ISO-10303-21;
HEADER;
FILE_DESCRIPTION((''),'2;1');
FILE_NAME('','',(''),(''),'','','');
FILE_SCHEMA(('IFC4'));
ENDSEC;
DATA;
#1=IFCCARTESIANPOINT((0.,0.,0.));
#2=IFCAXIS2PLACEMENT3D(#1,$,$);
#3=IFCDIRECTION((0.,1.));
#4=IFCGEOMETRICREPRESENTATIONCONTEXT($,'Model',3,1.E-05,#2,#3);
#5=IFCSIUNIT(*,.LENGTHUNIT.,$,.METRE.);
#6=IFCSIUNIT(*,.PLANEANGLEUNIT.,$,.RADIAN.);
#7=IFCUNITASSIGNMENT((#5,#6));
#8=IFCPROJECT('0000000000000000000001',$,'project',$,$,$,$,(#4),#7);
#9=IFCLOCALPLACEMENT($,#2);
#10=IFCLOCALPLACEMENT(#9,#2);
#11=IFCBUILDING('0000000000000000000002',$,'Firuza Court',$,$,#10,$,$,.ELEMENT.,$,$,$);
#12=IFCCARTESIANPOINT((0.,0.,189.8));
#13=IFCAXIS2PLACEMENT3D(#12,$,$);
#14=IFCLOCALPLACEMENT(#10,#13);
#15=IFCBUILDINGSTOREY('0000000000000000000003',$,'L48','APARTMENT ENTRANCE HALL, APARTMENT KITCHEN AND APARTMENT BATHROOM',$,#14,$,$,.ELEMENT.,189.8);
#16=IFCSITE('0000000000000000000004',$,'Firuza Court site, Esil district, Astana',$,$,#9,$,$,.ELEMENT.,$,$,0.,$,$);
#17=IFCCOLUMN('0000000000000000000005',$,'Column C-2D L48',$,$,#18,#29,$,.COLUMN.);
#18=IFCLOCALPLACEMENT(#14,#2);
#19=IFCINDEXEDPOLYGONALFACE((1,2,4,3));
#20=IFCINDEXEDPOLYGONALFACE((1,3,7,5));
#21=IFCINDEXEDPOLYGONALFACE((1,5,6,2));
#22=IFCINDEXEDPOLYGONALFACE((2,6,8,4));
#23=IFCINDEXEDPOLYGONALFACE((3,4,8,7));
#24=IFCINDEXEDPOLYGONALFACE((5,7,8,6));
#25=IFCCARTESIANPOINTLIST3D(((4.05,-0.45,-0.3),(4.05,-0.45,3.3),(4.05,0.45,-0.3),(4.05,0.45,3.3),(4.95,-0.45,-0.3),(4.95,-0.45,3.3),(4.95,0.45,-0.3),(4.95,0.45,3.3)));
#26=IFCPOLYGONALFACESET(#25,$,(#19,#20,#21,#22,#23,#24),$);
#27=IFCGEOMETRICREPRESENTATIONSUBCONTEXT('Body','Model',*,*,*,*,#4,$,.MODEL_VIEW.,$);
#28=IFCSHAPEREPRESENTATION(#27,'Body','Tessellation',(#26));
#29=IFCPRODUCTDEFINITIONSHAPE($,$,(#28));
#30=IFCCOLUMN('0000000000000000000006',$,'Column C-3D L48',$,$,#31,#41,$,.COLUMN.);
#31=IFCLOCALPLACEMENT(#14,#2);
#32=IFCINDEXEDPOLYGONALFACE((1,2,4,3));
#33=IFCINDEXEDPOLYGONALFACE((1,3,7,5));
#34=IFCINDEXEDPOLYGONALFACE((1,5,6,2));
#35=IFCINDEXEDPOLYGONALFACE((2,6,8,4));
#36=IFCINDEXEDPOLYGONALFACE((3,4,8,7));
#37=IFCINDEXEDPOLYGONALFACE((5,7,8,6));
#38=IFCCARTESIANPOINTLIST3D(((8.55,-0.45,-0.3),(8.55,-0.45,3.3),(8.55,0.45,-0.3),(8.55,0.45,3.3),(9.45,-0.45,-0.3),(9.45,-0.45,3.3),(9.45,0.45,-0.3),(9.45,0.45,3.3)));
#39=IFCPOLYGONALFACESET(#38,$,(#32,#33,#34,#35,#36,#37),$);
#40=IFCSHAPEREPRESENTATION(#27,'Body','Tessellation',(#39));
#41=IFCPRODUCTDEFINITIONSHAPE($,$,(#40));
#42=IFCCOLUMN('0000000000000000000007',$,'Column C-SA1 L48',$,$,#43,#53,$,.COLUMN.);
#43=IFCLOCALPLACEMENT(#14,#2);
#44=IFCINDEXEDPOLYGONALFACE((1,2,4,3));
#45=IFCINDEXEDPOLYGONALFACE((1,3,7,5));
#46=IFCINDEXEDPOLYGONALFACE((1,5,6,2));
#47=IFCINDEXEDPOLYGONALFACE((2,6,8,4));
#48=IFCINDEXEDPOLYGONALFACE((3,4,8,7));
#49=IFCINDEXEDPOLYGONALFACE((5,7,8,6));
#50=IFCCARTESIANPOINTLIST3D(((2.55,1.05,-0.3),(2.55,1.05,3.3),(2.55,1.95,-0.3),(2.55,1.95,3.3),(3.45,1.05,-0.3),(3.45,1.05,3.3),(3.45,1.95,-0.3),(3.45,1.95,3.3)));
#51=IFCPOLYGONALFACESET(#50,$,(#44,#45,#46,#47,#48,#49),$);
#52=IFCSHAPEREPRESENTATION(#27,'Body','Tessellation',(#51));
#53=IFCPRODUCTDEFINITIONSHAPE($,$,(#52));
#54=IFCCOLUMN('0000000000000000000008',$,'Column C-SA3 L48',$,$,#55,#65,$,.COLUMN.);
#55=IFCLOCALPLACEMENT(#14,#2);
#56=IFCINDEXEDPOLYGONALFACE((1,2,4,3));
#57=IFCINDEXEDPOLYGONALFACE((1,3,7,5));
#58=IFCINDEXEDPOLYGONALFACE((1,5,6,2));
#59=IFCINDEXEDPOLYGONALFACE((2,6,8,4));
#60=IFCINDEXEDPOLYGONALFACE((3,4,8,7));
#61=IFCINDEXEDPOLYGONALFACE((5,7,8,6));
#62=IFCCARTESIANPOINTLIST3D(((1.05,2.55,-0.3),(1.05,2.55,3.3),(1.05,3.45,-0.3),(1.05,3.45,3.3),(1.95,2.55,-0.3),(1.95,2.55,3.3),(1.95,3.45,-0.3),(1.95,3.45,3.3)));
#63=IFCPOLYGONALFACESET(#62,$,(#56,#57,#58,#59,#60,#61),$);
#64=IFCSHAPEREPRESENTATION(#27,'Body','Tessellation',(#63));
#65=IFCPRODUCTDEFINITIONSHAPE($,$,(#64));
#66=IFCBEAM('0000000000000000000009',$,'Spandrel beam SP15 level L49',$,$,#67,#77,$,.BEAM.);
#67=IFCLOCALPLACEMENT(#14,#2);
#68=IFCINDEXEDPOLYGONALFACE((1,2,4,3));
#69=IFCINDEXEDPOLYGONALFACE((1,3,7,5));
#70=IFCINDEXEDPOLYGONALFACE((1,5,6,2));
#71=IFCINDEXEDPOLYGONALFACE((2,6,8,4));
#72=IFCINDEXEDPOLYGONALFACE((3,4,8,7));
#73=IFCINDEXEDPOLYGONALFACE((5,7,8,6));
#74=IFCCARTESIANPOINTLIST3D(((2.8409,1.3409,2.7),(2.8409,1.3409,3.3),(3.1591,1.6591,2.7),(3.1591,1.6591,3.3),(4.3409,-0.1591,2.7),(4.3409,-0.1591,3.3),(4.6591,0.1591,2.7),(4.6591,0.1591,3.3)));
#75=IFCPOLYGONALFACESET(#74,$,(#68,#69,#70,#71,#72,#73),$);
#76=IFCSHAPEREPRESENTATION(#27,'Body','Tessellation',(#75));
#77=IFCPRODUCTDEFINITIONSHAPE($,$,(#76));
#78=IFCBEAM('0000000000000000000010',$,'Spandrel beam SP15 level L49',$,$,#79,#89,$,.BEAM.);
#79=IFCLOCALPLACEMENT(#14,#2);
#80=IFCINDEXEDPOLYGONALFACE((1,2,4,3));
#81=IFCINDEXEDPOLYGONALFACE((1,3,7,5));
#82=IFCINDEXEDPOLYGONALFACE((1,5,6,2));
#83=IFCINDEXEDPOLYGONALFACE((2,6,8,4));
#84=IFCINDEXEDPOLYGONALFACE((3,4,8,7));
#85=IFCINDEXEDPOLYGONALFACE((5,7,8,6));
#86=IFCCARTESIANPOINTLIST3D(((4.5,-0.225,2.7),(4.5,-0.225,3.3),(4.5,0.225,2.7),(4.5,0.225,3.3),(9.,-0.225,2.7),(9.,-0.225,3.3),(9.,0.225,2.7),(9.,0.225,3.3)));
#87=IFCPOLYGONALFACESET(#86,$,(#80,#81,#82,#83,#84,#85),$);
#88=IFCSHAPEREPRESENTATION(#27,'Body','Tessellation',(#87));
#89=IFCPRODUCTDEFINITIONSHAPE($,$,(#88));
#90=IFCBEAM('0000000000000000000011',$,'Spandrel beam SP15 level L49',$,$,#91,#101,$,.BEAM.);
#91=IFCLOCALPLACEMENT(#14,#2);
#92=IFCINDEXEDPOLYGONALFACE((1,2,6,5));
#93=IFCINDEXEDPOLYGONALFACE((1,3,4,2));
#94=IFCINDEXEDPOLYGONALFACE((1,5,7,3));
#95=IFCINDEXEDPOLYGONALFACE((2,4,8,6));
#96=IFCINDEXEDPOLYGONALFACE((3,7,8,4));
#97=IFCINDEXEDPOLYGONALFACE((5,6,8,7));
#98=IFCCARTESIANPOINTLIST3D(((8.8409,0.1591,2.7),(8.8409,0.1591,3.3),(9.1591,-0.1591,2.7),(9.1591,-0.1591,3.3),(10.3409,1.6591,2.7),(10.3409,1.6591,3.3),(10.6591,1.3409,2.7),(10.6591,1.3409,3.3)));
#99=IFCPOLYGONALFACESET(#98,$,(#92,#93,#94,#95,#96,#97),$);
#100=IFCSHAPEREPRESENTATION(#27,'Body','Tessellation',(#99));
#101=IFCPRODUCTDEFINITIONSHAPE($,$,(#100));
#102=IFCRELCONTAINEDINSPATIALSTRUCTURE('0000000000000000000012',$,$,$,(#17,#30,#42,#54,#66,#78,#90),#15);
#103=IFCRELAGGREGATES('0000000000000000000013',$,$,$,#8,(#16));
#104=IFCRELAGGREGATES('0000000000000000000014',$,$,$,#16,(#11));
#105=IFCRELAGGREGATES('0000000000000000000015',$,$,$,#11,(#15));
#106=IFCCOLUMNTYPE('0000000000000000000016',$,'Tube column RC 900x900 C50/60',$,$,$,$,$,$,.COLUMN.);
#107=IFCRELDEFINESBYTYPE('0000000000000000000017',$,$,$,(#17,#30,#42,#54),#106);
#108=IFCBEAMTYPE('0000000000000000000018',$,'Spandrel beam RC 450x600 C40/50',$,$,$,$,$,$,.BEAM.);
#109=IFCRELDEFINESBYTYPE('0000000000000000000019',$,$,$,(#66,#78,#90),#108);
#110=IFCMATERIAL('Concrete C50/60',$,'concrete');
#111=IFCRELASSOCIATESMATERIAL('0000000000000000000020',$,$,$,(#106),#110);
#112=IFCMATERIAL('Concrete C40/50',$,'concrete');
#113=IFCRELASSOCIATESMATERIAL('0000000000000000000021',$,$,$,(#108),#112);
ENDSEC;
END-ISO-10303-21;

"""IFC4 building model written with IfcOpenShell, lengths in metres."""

from ifc_helpers import new_model, si_unit, direction, frame, origin, origin_2d, place, context, subcontext, project, spatial, rectangle, extrude, material, material_profile, profile_set, type_object, element, save


model = new_model("IFC4")

# Units and contexts
model_context = context("Model", 3, precision=1e-05, world=origin(), true_north=direction((0.0, 1.0)))
body_context = subcontext(model_context, "Body", "Model", "MODEL_VIEW")
ifc_project = project(units=[si_unit("LENGTHUNIT", "METRE"), si_unit("PLANEANGLEUNIT", "RADIAN")], contexts=[model_context])

# Site, building, storey
site_placement = place(None, origin())
site = spatial("IfcSite", under=ifc_project, at=site_placement, Name="Firuza Court site, Esil district, Astana", CompositionType="ELEMENT", RefElevation=0.0)
building_placement = place(site_placement, origin())
building = spatial("IfcBuilding", under=site, at=building_placement, Name="Firuza Court", CompositionType="ELEMENT")
storey_placement = place(building_placement, frame((0.0, 0.0, 189.8)))
storey = spatial("IfcBuildingStorey", under=building, at=storey_placement, Name="L48", Description="APARTMENT ENTRANCE HALL, APARTMENT KITCHEN AND APARTMENT BATHROOM", CompositionType="ELEMENT", Elevation=189.8)

# Columns
ifc_material_1 = material(Name="Concrete C50/60", Category="concrete")
ifc_material_profile_1 = material_profile(ifc_material_1, rectangle(XDim=0.8999, YDim=0.8999, at=origin_2d()), Name="RC 900x900")
ifc_profile_set_1 = profile_set([ifc_material_profile_1], Name="Concrete C50/60")
column_type = type_object("IfcColumnType", Name="Tube column RC 900x900 C50/60", PredefinedType="COLUMN", material=ifc_profile_set_1)
for number, where, z_axis, x_axis, name in (
    (1, (4.5, 0.0, -0.3), (0.0, 0.0, 1.0), (1.0, 0.0, 0.0), "Column C-2D L48"),
    (2, (9.0, 0.0, -0.3), (0.0, 0.0, 1.0), (1.0, 0.0, 0.0), "Column C-3D L48"),
    (3, (3.0, 1.5, -0.3), (0.0, 0.0, 1.0), (1.0, 0.0, 0.0), "Column C-SA1 L48"),
    (4, (1.5, 3.0, -0.3), (0.0, 0.0, 1.0), (1.0, 0.0, 0.0), "Column C-SA3 L48"),
):
    element("IfcColumn", number, at=place(storey_placement, frame(where, z_axis=z_axis, x_axis=x_axis)), inside=storey, type_object=column_type, Name=name, PredefinedType="COLUMN", context=body_context, shape_type="SweptSolid", body=[
        extrude(rectangle(XDim=0.8999, YDim=0.8999, at=origin_2d()), origin(), (0.0, 0.0, 1.0), 3.6001),
    ])

# Beams
ifc_material_2 = material(Name="Concrete C40/50", Category="concrete")
ifc_material_profile_2 = material_profile(ifc_material_2, rectangle(XDim=0.45, YDim=0.6001, at=origin_2d()), Name="RC 450x600")
ifc_profile_set_2 = profile_set([ifc_material_profile_2], Name="Concrete C40/50")
beam_type = type_object("IfcBeamType", Name="Spandrel beam RC 450x600 C40/50", PredefinedType="BEAM", material=ifc_profile_set_2)
beam_1_placement = place(storey_placement, frame((3.0, 1.5, 3.0), z_axis=(0.707107, -0.707107, 0.0), x_axis=(0.707107, 0.707107, 0.0)))
element("IfcBeam", 5, at=beam_1_placement, inside=storey, type_object=beam_type, Name="Spandrel beam SP15 level L49", PredefinedType="BEAM", context=body_context, shape_type="SweptSolid", body=[
    extrude(rectangle(XDim=0.45, YDim=0.6001, at=origin_2d()), origin(), (0.0, 0.0, 1.0), 2.1213),
])
beam_2_placement = place(storey_placement, frame((4.5, 0.0, 3.0), z_axis=(1.0, 0.0, 0.0), x_axis=(0.0, 1.0, 0.0)))
element("IfcBeam", 6, at=beam_2_placement, inside=storey, type_object=beam_type, Name="Spandrel beam SP15 level L49", PredefinedType="BEAM", context=body_context, shape_type="SweptSolid", body=[
    extrude(rectangle(XDim=0.45, YDim=0.6001, at=origin_2d()), origin(), (0.0, 0.0, 1.0), 4.5),
])
beam_3_placement = place(storey_placement, frame((9.0, 0.0, 3.0), z_axis=(0.707107, 0.707107, 0.0), x_axis=(-0.707107, 0.707107, 0.0)))
element("IfcBeam", 7, at=beam_3_placement, inside=storey, type_object=beam_type, Name="Spandrel beam SP15 level L49", PredefinedType="BEAM", context=body_context, shape_type="SweptSolid", body=[
    extrude(rectangle(XDim=0.45, YDim=0.6001, at=origin_2d()), origin(), (0.0, 0.0, 1.0), 2.1213),
])

save(model, "model.ifc")
